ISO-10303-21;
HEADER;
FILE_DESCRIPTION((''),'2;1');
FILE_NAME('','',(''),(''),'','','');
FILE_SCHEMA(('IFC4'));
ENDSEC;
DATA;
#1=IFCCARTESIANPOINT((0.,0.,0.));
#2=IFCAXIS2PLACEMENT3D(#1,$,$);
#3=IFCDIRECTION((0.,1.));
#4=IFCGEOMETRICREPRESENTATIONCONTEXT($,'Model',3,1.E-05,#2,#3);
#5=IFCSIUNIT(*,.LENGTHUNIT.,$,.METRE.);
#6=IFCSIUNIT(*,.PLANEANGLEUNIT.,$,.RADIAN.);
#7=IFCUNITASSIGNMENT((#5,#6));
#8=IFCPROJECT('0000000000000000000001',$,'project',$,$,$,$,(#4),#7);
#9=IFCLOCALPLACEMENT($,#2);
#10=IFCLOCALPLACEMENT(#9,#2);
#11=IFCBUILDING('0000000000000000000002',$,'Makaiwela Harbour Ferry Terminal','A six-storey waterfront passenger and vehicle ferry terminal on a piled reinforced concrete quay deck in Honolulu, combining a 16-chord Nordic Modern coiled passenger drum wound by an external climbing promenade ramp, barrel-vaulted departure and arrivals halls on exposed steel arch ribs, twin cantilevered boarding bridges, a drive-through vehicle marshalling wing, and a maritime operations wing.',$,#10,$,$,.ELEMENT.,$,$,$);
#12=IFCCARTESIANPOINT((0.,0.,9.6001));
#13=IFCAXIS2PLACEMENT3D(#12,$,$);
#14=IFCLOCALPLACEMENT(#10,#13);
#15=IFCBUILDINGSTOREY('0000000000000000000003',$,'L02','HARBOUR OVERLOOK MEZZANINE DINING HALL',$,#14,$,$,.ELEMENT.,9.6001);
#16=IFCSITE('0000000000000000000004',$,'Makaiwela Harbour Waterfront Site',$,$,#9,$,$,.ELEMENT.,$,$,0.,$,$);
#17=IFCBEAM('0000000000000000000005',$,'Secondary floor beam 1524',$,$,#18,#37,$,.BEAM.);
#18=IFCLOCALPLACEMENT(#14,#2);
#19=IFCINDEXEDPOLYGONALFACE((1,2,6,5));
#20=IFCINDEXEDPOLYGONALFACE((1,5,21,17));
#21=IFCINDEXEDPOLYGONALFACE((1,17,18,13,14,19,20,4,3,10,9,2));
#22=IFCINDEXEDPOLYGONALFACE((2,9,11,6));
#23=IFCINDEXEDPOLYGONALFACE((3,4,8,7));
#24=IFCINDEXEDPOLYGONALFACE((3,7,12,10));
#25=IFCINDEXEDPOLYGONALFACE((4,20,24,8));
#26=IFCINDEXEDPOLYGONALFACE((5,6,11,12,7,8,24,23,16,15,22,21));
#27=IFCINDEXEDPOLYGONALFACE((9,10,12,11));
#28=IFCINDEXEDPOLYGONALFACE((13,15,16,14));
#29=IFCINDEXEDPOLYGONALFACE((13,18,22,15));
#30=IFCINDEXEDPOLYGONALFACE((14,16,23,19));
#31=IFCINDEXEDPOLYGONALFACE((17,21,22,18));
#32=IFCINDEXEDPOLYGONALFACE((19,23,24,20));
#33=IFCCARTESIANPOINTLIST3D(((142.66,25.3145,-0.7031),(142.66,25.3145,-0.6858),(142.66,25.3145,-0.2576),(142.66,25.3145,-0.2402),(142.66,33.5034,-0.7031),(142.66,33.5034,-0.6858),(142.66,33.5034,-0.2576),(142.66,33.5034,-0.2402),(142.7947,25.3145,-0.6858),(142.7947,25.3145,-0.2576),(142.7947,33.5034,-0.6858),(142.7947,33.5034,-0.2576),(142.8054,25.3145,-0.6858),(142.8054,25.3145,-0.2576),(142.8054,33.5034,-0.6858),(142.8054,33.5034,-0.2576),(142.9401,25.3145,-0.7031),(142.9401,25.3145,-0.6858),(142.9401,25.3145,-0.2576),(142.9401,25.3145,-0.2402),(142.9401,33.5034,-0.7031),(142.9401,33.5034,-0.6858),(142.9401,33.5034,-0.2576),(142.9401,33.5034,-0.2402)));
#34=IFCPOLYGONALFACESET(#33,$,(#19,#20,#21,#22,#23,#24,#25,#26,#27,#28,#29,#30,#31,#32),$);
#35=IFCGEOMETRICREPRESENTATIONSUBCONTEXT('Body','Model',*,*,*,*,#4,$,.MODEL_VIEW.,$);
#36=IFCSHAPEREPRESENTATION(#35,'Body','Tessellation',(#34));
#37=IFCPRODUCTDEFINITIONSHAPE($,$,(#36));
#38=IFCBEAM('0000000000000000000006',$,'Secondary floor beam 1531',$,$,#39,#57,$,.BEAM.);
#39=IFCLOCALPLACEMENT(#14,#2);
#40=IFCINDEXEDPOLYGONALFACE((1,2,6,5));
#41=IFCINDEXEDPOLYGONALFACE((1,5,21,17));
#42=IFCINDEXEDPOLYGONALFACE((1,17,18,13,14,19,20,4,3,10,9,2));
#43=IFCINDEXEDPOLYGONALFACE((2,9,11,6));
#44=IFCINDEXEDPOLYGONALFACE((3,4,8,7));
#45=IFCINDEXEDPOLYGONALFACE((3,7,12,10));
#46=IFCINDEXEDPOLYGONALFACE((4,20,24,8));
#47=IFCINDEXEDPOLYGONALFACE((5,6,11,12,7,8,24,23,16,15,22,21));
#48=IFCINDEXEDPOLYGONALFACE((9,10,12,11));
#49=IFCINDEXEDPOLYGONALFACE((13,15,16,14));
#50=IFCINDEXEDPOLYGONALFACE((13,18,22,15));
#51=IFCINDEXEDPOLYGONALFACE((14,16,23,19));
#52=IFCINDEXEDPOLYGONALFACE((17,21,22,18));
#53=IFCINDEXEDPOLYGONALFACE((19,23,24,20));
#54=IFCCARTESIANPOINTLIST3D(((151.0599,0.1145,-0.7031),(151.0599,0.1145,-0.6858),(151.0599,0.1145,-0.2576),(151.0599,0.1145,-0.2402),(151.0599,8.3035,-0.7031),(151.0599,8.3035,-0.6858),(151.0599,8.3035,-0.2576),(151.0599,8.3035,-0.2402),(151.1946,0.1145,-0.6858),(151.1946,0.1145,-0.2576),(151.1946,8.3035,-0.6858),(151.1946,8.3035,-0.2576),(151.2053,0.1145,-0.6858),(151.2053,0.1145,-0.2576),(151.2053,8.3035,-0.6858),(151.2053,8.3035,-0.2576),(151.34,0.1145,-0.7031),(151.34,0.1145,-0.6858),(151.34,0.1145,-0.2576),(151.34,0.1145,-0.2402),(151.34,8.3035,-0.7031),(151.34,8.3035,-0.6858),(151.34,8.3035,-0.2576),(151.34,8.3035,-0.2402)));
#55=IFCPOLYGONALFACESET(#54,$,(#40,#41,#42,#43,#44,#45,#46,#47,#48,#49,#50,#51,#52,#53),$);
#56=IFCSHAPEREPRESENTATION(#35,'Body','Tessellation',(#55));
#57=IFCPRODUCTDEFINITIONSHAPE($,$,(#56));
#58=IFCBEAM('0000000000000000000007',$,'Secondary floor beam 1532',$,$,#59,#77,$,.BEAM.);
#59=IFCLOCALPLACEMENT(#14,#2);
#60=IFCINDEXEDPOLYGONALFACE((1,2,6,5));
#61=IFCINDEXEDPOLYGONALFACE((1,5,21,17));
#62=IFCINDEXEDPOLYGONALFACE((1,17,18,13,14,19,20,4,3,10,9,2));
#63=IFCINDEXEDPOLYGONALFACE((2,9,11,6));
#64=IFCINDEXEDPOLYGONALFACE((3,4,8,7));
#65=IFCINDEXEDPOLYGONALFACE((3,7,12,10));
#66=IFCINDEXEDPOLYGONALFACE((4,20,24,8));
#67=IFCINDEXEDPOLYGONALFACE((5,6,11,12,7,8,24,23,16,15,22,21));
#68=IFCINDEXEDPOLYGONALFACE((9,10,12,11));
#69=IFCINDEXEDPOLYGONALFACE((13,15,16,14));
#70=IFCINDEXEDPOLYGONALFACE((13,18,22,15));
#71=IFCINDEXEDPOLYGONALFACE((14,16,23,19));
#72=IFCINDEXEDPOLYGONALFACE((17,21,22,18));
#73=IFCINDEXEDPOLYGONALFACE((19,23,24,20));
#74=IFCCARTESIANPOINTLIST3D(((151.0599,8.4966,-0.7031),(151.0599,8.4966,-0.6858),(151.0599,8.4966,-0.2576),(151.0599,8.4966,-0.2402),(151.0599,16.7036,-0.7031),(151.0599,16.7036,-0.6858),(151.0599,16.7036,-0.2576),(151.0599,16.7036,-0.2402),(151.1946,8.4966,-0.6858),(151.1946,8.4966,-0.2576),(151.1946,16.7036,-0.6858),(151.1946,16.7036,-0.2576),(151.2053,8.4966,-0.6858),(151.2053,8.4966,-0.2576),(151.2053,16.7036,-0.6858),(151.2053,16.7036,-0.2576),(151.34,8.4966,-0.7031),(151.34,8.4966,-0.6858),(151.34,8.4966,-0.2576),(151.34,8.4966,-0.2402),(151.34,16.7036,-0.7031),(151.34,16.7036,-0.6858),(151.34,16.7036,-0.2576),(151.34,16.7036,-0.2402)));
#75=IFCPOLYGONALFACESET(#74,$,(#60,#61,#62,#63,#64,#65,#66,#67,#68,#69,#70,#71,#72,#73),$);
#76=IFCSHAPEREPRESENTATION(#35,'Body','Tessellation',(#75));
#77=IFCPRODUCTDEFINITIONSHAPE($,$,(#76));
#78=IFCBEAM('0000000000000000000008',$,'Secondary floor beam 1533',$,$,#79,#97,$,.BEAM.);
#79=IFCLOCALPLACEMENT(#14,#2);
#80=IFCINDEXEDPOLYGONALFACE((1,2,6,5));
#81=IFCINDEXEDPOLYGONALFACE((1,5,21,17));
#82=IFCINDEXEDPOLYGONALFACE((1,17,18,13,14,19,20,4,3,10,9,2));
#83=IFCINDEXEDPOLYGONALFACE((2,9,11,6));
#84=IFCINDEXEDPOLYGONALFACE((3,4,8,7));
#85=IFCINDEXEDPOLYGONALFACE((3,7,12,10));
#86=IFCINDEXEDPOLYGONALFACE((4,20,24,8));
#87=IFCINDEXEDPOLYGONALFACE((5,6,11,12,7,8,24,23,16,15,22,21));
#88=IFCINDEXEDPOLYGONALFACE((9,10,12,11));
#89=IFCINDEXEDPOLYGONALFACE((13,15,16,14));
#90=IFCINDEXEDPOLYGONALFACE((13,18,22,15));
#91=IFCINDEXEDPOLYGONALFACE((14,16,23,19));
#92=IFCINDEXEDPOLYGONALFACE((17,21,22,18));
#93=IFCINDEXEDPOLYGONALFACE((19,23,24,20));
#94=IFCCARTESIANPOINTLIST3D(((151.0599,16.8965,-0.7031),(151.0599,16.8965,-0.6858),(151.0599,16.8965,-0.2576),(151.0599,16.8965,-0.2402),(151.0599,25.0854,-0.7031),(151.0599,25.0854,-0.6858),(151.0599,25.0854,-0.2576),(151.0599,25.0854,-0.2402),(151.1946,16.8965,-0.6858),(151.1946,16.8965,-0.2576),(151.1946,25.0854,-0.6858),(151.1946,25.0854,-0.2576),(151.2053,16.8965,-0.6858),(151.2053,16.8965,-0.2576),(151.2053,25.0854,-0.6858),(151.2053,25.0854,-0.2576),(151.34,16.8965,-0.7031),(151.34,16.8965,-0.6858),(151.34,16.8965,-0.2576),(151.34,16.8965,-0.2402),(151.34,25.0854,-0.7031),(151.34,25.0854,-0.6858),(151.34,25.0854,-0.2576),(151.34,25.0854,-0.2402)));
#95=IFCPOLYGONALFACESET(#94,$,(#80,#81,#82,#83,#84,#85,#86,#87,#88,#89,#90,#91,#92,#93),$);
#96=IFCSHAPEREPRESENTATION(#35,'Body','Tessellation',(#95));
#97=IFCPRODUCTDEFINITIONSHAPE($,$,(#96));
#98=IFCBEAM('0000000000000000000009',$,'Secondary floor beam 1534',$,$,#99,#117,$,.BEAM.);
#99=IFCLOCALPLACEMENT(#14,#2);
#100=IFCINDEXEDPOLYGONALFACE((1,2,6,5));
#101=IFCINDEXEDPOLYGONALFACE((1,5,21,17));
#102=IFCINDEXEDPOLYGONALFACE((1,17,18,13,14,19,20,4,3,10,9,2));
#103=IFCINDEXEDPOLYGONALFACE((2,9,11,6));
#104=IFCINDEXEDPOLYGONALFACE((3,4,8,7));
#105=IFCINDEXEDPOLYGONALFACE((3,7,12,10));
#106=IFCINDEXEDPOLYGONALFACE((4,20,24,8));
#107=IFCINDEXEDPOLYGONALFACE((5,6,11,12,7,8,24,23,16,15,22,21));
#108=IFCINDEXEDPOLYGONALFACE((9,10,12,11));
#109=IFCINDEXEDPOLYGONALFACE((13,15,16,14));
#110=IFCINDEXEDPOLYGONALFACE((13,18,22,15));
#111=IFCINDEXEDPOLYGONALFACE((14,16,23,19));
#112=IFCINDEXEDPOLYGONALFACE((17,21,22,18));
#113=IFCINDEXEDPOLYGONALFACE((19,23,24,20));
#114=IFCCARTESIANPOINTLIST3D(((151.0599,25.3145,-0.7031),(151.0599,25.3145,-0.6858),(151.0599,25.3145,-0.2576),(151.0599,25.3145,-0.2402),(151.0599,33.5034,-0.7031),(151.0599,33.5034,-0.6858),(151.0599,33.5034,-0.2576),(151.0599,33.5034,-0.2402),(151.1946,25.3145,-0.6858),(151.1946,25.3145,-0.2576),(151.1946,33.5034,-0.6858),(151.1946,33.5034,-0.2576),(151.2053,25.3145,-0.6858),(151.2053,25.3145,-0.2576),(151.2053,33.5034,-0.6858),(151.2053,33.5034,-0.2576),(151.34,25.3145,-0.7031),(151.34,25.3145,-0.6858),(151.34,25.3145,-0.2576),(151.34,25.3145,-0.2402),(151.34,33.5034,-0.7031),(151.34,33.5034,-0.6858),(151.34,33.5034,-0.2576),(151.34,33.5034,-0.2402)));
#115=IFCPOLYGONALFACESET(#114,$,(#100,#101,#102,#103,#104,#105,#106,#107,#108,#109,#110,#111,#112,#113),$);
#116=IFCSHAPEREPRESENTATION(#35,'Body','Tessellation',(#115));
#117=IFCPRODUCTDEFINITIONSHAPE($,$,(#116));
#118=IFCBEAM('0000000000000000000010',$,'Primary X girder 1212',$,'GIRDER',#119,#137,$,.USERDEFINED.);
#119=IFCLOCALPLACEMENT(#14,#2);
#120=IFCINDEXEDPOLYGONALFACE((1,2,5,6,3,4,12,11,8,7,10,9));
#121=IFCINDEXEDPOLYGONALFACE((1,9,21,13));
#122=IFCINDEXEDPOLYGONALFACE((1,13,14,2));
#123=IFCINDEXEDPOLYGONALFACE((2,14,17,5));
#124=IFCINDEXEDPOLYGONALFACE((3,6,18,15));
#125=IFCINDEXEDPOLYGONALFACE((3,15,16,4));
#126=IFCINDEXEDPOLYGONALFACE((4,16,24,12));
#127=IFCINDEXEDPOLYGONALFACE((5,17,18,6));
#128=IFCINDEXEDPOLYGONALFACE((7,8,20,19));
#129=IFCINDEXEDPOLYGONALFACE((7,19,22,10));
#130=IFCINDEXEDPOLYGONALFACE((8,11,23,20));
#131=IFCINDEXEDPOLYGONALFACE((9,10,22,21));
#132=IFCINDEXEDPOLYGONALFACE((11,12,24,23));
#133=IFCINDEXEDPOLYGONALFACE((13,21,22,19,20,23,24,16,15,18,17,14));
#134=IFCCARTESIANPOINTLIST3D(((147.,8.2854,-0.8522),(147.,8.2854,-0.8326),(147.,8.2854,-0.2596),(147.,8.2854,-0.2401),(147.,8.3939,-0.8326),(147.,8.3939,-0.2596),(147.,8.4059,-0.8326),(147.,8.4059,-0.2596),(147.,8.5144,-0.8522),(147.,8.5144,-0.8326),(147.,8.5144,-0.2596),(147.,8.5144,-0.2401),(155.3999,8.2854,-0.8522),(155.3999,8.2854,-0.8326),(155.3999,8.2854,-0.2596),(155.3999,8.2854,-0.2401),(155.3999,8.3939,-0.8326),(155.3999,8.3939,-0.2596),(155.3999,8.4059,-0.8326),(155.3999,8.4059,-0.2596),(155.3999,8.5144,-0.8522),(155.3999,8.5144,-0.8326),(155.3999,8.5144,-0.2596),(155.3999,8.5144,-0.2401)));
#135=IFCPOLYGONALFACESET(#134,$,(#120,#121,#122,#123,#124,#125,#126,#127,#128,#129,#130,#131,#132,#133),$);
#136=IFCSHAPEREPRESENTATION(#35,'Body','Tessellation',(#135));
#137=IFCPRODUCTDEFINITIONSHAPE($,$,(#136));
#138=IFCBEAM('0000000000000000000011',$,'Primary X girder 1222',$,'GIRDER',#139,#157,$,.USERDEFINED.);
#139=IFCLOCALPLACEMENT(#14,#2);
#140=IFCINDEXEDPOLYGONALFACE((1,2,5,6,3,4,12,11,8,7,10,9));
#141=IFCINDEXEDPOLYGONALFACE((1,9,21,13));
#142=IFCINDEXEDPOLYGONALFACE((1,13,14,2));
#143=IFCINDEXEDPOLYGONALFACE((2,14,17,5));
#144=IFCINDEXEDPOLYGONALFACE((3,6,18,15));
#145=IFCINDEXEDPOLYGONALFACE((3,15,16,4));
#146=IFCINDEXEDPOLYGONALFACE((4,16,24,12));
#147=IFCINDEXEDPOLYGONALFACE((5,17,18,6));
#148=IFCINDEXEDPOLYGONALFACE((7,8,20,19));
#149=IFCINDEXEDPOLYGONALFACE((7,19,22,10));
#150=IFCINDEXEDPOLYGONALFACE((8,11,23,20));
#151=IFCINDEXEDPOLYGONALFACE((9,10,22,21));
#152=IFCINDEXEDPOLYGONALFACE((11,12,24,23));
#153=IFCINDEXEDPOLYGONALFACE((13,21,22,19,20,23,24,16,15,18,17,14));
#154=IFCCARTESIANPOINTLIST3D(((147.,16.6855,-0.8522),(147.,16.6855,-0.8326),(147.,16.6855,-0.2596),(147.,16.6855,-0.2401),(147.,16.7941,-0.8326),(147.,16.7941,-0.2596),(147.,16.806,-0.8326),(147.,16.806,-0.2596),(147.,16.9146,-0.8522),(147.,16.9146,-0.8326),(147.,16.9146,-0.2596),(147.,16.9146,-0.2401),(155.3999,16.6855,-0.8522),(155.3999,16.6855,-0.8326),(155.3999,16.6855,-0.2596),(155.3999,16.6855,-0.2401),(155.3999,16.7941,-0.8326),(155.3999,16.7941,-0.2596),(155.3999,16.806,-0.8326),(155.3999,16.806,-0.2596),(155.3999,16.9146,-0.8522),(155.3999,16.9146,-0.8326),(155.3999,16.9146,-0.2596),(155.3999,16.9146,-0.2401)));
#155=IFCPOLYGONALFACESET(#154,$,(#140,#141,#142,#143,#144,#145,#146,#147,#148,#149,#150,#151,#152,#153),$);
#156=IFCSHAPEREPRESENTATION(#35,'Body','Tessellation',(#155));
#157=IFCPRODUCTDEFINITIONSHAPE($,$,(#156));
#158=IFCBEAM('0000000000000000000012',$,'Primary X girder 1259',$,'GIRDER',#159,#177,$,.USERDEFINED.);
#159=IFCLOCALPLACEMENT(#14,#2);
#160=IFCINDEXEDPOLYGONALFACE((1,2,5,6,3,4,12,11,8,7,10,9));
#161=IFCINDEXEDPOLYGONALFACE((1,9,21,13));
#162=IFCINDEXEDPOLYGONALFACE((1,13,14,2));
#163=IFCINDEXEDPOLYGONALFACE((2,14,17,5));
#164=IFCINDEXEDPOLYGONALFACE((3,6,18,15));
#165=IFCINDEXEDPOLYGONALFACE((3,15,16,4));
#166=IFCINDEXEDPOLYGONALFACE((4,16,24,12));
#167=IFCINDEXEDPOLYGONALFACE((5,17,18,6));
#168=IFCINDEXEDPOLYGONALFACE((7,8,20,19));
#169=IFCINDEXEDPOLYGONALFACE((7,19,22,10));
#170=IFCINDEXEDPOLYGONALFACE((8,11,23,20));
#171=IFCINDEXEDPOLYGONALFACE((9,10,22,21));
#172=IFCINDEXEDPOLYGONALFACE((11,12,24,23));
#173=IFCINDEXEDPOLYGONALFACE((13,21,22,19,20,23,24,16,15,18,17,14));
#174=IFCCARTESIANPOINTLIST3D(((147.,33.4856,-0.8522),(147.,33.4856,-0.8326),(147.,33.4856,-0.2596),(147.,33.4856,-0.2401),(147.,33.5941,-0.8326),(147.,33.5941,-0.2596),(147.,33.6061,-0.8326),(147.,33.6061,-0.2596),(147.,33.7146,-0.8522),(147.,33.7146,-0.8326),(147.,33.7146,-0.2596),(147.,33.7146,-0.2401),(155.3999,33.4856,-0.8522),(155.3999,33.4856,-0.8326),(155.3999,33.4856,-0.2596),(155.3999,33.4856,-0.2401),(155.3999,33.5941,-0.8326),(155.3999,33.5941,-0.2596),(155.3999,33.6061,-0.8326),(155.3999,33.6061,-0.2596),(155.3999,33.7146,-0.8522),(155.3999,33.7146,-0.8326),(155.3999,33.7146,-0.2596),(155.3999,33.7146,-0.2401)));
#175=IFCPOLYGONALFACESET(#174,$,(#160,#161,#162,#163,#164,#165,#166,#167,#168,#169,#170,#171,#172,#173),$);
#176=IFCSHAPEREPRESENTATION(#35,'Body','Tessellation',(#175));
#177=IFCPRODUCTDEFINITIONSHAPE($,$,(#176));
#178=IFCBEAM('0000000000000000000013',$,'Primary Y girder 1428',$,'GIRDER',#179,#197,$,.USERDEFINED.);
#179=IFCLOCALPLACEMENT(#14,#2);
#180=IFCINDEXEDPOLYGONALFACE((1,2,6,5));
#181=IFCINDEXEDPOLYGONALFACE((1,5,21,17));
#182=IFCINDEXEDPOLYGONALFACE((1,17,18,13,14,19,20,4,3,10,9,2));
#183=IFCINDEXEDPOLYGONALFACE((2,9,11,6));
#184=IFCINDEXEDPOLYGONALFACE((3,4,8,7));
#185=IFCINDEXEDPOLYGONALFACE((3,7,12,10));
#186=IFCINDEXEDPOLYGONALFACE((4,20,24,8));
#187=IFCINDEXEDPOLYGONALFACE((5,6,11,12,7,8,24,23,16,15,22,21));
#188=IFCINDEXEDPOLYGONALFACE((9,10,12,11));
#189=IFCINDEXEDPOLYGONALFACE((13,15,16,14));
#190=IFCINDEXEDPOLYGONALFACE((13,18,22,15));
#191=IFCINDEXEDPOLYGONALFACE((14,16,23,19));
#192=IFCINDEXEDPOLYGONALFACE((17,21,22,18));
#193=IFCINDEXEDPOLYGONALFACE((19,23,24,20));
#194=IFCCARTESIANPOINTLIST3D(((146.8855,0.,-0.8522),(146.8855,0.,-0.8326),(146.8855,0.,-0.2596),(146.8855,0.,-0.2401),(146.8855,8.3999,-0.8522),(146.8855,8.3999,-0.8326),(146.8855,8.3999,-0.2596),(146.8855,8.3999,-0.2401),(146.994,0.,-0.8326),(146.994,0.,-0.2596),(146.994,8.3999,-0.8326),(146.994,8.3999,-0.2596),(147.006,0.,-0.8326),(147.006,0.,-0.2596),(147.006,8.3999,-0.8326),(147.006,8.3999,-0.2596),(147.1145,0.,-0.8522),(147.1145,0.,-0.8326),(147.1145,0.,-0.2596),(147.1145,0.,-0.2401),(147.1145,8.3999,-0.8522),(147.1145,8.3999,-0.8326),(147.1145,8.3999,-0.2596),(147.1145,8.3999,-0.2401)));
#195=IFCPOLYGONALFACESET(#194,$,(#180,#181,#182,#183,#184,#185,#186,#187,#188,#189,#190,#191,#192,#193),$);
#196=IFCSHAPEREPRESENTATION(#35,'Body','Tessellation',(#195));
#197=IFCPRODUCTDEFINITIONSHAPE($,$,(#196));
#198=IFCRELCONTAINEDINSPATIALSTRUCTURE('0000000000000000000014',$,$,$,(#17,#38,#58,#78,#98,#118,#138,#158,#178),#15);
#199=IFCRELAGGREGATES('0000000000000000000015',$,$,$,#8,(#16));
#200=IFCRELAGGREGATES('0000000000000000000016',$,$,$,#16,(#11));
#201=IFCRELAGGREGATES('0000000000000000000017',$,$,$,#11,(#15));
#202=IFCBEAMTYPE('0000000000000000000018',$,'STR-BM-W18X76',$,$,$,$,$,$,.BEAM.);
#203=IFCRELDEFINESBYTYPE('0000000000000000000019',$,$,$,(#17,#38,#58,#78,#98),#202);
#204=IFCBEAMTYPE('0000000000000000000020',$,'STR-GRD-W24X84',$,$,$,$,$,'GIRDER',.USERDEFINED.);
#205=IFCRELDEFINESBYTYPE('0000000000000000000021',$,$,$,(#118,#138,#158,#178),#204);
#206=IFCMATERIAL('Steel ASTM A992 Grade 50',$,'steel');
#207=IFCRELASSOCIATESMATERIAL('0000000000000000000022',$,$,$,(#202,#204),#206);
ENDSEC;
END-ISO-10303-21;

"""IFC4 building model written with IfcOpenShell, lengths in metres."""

from ifc_helpers import new_model, si_unit, direction, frame, origin, origin_2d, place, context, subcontext, project, spatial, i_section, extrude, material, material_profile, profile_set, type_object, element, save


model = new_model("IFC4")

# Units and contexts
model_context = context("Model", 3, precision=1e-05, world=origin(), true_north=direction((0.0, 1.0)))
body_context = subcontext(model_context, "Body", "Model", "MODEL_VIEW")
ifc_project = project(units=[si_unit("LENGTHUNIT", "METRE"), si_unit("PLANEANGLEUNIT", "RADIAN")], contexts=[model_context])

# Site, building, storey
site_placement = place(None, origin())
site = spatial("IfcSite", under=ifc_project, at=site_placement, Name="Makaiwela Harbour Waterfront Site", CompositionType="ELEMENT", RefElevation=0.0)
building_placement = place(site_placement, origin())
building = spatial("IfcBuilding", under=site, at=building_placement, Name="Makaiwela Harbour Ferry Terminal", Description="A six-storey waterfront passenger and vehicle ferry terminal on a piled reinforced concrete quay deck in Honolulu, combining a 16-chord Nordic Modern coiled passenger drum wound by an external climbing promenade ramp, barrel-vaulted departure and arrivals halls on exposed steel arch ribs, twin cantilevered boarding bridges, a drive-through vehicle marshalling wing, and a maritime operations wing.", CompositionType="ELEMENT")
storey_placement = place(building_placement, frame((0.0, 0.0, 9.6001)))
storey = spatial("IfcBuildingStorey", under=building, at=storey_placement, Name="L02", Description="HARBOUR OVERLOOK MEZZANINE DINING HALL", CompositionType="ELEMENT", Elevation=9.6001)

# Beams
ifc_material_1 = material(Name="Steel ASTM A992 Grade 50", Category="steel")
ifc_material_profile_1 = material_profile(ifc_material_1, i_section(OverallWidth=0.28, OverallDepth=0.4629, WebThickness=0.0107, FlangeThickness=0.0173, at=origin_2d()), Name="W18X76")
ifc_profile_set_1 = profile_set([ifc_material_profile_1], Name="Steel ASTM A992 Grade 50")
beam_type_1 = type_object("IfcBeamType", Name="STR-BM-W18X76", PredefinedType="BEAM", material=ifc_profile_set_1)
for number, where, z_axis, x_axis, name in (
    (1, (142.8, 25.3145, -0.4717), (0.0, 1.0, 0.0), (-1.0, 0.0, 0.0), "Secondary floor beam 1524"),
    (2, (151.2, 0.1145, -0.4717), (0.0, 1.0, 0.0), (-1.0, 0.0, 0.0), "Secondary floor beam 1531"),
):
    element("IfcBeam", number, at=place(storey_placement, frame(where, z_axis=z_axis, x_axis=x_axis)), inside=storey, type_object=beam_type_1, Name=name, PredefinedType="BEAM", context=body_context, shape_type="SweptSolid", body=[
        extrude(i_section(OverallWidth=0.28, OverallDepth=0.4629, WebThickness=0.0107, FlangeThickness=0.0173, at=origin_2d()), origin(), (0.0, 0.0, 1.0), 8.189),
    ])
beam_1_placement = place(storey_placement, frame((151.2, 8.4966, -0.4717), z_axis=(0.0, 1.0, 0.0), x_axis=(-1.0, 0.0, 0.0)))
element("IfcBeam", 3, at=beam_1_placement, inside=storey, type_object=beam_type_1, Name="Secondary floor beam 1532", PredefinedType="BEAM", context=body_context, shape_type="SweptSolid", body=[
    extrude(i_section(OverallWidth=0.28, OverallDepth=0.4629, WebThickness=0.0107, FlangeThickness=0.0173, at=origin_2d()), origin(), (0.0, 0.0, 1.0), 8.207),
])
for number, where, z_axis, x_axis, name in (
    (4, (151.2, 16.8965, -0.4717), (0.0, 1.0, 0.0), (-1.0, 0.0, 0.0), "Secondary floor beam 1533"),
    (5, (151.2, 25.3145, -0.4717), (0.0, 1.0, 0.0), (-1.0, 0.0, 0.0), "Secondary floor beam 1534"),
):
    element("IfcBeam", number, at=place(storey_placement, frame(where, z_axis=z_axis, x_axis=x_axis)), inside=storey, type_object=beam_type_1, Name=name, PredefinedType="BEAM", context=body_context, shape_type="SweptSolid", body=[
        extrude(i_section(OverallWidth=0.28, OverallDepth=0.4629, WebThickness=0.0107, FlangeThickness=0.0173, at=origin_2d()), origin(), (0.0, 0.0, 1.0), 8.189),
    ])
ifc_material_profile_2 = material_profile(ifc_material_1, i_section(OverallWidth=0.229, OverallDepth=0.6121, WebThickness=0.012, FlangeThickness=0.0195, at=origin_2d()), Name="W24X84")
ifc_profile_set_2 = profile_set([ifc_material_profile_2], Name="Steel ASTM A992 Grade 50")
beam_type_2 = type_object("IfcBeamType", Name="STR-GRD-W24X84", ElementType="GIRDER", PredefinedType="USERDEFINED", material=ifc_profile_set_2)
for number, where, z_axis, x_axis, name in (
    (6, (147.0, 8.3999, -0.5461), (1.0, 0.0, 0.0), (0.0, 1.0, 0.0), "Primary X girder 1212"),
    (7, (147.0, 16.8, -0.5461), (1.0, 0.0, 0.0), (0.0, 1.0, 0.0), "Primary X girder 1222"),
    (8, (147.0, 33.6001, -0.5461), (1.0, 0.0, 0.0), (0.0, 1.0, 0.0), "Primary X girder 1259"),
    (9, (147.0, 0.0, -0.5461), (0.0, 1.0, 0.0), (-1.0, 0.0, 0.0), "Primary Y girder 1428"),
):
    element("IfcBeam", number, at=place(storey_placement, frame(where, z_axis=z_axis, x_axis=x_axis)), inside=storey, type_object=beam_type_2, Name=name, ObjectType="GIRDER", PredefinedType="USERDEFINED", context=body_context, shape_type="SweptSolid", body=[
        extrude(i_section(OverallWidth=0.229, OverallDepth=0.6121, WebThickness=0.012, FlangeThickness=0.0195, at=origin_2d()), origin(), (0.0, 0.0, 1.0), 8.3999),
    ])

save(model, "model.ifc")
